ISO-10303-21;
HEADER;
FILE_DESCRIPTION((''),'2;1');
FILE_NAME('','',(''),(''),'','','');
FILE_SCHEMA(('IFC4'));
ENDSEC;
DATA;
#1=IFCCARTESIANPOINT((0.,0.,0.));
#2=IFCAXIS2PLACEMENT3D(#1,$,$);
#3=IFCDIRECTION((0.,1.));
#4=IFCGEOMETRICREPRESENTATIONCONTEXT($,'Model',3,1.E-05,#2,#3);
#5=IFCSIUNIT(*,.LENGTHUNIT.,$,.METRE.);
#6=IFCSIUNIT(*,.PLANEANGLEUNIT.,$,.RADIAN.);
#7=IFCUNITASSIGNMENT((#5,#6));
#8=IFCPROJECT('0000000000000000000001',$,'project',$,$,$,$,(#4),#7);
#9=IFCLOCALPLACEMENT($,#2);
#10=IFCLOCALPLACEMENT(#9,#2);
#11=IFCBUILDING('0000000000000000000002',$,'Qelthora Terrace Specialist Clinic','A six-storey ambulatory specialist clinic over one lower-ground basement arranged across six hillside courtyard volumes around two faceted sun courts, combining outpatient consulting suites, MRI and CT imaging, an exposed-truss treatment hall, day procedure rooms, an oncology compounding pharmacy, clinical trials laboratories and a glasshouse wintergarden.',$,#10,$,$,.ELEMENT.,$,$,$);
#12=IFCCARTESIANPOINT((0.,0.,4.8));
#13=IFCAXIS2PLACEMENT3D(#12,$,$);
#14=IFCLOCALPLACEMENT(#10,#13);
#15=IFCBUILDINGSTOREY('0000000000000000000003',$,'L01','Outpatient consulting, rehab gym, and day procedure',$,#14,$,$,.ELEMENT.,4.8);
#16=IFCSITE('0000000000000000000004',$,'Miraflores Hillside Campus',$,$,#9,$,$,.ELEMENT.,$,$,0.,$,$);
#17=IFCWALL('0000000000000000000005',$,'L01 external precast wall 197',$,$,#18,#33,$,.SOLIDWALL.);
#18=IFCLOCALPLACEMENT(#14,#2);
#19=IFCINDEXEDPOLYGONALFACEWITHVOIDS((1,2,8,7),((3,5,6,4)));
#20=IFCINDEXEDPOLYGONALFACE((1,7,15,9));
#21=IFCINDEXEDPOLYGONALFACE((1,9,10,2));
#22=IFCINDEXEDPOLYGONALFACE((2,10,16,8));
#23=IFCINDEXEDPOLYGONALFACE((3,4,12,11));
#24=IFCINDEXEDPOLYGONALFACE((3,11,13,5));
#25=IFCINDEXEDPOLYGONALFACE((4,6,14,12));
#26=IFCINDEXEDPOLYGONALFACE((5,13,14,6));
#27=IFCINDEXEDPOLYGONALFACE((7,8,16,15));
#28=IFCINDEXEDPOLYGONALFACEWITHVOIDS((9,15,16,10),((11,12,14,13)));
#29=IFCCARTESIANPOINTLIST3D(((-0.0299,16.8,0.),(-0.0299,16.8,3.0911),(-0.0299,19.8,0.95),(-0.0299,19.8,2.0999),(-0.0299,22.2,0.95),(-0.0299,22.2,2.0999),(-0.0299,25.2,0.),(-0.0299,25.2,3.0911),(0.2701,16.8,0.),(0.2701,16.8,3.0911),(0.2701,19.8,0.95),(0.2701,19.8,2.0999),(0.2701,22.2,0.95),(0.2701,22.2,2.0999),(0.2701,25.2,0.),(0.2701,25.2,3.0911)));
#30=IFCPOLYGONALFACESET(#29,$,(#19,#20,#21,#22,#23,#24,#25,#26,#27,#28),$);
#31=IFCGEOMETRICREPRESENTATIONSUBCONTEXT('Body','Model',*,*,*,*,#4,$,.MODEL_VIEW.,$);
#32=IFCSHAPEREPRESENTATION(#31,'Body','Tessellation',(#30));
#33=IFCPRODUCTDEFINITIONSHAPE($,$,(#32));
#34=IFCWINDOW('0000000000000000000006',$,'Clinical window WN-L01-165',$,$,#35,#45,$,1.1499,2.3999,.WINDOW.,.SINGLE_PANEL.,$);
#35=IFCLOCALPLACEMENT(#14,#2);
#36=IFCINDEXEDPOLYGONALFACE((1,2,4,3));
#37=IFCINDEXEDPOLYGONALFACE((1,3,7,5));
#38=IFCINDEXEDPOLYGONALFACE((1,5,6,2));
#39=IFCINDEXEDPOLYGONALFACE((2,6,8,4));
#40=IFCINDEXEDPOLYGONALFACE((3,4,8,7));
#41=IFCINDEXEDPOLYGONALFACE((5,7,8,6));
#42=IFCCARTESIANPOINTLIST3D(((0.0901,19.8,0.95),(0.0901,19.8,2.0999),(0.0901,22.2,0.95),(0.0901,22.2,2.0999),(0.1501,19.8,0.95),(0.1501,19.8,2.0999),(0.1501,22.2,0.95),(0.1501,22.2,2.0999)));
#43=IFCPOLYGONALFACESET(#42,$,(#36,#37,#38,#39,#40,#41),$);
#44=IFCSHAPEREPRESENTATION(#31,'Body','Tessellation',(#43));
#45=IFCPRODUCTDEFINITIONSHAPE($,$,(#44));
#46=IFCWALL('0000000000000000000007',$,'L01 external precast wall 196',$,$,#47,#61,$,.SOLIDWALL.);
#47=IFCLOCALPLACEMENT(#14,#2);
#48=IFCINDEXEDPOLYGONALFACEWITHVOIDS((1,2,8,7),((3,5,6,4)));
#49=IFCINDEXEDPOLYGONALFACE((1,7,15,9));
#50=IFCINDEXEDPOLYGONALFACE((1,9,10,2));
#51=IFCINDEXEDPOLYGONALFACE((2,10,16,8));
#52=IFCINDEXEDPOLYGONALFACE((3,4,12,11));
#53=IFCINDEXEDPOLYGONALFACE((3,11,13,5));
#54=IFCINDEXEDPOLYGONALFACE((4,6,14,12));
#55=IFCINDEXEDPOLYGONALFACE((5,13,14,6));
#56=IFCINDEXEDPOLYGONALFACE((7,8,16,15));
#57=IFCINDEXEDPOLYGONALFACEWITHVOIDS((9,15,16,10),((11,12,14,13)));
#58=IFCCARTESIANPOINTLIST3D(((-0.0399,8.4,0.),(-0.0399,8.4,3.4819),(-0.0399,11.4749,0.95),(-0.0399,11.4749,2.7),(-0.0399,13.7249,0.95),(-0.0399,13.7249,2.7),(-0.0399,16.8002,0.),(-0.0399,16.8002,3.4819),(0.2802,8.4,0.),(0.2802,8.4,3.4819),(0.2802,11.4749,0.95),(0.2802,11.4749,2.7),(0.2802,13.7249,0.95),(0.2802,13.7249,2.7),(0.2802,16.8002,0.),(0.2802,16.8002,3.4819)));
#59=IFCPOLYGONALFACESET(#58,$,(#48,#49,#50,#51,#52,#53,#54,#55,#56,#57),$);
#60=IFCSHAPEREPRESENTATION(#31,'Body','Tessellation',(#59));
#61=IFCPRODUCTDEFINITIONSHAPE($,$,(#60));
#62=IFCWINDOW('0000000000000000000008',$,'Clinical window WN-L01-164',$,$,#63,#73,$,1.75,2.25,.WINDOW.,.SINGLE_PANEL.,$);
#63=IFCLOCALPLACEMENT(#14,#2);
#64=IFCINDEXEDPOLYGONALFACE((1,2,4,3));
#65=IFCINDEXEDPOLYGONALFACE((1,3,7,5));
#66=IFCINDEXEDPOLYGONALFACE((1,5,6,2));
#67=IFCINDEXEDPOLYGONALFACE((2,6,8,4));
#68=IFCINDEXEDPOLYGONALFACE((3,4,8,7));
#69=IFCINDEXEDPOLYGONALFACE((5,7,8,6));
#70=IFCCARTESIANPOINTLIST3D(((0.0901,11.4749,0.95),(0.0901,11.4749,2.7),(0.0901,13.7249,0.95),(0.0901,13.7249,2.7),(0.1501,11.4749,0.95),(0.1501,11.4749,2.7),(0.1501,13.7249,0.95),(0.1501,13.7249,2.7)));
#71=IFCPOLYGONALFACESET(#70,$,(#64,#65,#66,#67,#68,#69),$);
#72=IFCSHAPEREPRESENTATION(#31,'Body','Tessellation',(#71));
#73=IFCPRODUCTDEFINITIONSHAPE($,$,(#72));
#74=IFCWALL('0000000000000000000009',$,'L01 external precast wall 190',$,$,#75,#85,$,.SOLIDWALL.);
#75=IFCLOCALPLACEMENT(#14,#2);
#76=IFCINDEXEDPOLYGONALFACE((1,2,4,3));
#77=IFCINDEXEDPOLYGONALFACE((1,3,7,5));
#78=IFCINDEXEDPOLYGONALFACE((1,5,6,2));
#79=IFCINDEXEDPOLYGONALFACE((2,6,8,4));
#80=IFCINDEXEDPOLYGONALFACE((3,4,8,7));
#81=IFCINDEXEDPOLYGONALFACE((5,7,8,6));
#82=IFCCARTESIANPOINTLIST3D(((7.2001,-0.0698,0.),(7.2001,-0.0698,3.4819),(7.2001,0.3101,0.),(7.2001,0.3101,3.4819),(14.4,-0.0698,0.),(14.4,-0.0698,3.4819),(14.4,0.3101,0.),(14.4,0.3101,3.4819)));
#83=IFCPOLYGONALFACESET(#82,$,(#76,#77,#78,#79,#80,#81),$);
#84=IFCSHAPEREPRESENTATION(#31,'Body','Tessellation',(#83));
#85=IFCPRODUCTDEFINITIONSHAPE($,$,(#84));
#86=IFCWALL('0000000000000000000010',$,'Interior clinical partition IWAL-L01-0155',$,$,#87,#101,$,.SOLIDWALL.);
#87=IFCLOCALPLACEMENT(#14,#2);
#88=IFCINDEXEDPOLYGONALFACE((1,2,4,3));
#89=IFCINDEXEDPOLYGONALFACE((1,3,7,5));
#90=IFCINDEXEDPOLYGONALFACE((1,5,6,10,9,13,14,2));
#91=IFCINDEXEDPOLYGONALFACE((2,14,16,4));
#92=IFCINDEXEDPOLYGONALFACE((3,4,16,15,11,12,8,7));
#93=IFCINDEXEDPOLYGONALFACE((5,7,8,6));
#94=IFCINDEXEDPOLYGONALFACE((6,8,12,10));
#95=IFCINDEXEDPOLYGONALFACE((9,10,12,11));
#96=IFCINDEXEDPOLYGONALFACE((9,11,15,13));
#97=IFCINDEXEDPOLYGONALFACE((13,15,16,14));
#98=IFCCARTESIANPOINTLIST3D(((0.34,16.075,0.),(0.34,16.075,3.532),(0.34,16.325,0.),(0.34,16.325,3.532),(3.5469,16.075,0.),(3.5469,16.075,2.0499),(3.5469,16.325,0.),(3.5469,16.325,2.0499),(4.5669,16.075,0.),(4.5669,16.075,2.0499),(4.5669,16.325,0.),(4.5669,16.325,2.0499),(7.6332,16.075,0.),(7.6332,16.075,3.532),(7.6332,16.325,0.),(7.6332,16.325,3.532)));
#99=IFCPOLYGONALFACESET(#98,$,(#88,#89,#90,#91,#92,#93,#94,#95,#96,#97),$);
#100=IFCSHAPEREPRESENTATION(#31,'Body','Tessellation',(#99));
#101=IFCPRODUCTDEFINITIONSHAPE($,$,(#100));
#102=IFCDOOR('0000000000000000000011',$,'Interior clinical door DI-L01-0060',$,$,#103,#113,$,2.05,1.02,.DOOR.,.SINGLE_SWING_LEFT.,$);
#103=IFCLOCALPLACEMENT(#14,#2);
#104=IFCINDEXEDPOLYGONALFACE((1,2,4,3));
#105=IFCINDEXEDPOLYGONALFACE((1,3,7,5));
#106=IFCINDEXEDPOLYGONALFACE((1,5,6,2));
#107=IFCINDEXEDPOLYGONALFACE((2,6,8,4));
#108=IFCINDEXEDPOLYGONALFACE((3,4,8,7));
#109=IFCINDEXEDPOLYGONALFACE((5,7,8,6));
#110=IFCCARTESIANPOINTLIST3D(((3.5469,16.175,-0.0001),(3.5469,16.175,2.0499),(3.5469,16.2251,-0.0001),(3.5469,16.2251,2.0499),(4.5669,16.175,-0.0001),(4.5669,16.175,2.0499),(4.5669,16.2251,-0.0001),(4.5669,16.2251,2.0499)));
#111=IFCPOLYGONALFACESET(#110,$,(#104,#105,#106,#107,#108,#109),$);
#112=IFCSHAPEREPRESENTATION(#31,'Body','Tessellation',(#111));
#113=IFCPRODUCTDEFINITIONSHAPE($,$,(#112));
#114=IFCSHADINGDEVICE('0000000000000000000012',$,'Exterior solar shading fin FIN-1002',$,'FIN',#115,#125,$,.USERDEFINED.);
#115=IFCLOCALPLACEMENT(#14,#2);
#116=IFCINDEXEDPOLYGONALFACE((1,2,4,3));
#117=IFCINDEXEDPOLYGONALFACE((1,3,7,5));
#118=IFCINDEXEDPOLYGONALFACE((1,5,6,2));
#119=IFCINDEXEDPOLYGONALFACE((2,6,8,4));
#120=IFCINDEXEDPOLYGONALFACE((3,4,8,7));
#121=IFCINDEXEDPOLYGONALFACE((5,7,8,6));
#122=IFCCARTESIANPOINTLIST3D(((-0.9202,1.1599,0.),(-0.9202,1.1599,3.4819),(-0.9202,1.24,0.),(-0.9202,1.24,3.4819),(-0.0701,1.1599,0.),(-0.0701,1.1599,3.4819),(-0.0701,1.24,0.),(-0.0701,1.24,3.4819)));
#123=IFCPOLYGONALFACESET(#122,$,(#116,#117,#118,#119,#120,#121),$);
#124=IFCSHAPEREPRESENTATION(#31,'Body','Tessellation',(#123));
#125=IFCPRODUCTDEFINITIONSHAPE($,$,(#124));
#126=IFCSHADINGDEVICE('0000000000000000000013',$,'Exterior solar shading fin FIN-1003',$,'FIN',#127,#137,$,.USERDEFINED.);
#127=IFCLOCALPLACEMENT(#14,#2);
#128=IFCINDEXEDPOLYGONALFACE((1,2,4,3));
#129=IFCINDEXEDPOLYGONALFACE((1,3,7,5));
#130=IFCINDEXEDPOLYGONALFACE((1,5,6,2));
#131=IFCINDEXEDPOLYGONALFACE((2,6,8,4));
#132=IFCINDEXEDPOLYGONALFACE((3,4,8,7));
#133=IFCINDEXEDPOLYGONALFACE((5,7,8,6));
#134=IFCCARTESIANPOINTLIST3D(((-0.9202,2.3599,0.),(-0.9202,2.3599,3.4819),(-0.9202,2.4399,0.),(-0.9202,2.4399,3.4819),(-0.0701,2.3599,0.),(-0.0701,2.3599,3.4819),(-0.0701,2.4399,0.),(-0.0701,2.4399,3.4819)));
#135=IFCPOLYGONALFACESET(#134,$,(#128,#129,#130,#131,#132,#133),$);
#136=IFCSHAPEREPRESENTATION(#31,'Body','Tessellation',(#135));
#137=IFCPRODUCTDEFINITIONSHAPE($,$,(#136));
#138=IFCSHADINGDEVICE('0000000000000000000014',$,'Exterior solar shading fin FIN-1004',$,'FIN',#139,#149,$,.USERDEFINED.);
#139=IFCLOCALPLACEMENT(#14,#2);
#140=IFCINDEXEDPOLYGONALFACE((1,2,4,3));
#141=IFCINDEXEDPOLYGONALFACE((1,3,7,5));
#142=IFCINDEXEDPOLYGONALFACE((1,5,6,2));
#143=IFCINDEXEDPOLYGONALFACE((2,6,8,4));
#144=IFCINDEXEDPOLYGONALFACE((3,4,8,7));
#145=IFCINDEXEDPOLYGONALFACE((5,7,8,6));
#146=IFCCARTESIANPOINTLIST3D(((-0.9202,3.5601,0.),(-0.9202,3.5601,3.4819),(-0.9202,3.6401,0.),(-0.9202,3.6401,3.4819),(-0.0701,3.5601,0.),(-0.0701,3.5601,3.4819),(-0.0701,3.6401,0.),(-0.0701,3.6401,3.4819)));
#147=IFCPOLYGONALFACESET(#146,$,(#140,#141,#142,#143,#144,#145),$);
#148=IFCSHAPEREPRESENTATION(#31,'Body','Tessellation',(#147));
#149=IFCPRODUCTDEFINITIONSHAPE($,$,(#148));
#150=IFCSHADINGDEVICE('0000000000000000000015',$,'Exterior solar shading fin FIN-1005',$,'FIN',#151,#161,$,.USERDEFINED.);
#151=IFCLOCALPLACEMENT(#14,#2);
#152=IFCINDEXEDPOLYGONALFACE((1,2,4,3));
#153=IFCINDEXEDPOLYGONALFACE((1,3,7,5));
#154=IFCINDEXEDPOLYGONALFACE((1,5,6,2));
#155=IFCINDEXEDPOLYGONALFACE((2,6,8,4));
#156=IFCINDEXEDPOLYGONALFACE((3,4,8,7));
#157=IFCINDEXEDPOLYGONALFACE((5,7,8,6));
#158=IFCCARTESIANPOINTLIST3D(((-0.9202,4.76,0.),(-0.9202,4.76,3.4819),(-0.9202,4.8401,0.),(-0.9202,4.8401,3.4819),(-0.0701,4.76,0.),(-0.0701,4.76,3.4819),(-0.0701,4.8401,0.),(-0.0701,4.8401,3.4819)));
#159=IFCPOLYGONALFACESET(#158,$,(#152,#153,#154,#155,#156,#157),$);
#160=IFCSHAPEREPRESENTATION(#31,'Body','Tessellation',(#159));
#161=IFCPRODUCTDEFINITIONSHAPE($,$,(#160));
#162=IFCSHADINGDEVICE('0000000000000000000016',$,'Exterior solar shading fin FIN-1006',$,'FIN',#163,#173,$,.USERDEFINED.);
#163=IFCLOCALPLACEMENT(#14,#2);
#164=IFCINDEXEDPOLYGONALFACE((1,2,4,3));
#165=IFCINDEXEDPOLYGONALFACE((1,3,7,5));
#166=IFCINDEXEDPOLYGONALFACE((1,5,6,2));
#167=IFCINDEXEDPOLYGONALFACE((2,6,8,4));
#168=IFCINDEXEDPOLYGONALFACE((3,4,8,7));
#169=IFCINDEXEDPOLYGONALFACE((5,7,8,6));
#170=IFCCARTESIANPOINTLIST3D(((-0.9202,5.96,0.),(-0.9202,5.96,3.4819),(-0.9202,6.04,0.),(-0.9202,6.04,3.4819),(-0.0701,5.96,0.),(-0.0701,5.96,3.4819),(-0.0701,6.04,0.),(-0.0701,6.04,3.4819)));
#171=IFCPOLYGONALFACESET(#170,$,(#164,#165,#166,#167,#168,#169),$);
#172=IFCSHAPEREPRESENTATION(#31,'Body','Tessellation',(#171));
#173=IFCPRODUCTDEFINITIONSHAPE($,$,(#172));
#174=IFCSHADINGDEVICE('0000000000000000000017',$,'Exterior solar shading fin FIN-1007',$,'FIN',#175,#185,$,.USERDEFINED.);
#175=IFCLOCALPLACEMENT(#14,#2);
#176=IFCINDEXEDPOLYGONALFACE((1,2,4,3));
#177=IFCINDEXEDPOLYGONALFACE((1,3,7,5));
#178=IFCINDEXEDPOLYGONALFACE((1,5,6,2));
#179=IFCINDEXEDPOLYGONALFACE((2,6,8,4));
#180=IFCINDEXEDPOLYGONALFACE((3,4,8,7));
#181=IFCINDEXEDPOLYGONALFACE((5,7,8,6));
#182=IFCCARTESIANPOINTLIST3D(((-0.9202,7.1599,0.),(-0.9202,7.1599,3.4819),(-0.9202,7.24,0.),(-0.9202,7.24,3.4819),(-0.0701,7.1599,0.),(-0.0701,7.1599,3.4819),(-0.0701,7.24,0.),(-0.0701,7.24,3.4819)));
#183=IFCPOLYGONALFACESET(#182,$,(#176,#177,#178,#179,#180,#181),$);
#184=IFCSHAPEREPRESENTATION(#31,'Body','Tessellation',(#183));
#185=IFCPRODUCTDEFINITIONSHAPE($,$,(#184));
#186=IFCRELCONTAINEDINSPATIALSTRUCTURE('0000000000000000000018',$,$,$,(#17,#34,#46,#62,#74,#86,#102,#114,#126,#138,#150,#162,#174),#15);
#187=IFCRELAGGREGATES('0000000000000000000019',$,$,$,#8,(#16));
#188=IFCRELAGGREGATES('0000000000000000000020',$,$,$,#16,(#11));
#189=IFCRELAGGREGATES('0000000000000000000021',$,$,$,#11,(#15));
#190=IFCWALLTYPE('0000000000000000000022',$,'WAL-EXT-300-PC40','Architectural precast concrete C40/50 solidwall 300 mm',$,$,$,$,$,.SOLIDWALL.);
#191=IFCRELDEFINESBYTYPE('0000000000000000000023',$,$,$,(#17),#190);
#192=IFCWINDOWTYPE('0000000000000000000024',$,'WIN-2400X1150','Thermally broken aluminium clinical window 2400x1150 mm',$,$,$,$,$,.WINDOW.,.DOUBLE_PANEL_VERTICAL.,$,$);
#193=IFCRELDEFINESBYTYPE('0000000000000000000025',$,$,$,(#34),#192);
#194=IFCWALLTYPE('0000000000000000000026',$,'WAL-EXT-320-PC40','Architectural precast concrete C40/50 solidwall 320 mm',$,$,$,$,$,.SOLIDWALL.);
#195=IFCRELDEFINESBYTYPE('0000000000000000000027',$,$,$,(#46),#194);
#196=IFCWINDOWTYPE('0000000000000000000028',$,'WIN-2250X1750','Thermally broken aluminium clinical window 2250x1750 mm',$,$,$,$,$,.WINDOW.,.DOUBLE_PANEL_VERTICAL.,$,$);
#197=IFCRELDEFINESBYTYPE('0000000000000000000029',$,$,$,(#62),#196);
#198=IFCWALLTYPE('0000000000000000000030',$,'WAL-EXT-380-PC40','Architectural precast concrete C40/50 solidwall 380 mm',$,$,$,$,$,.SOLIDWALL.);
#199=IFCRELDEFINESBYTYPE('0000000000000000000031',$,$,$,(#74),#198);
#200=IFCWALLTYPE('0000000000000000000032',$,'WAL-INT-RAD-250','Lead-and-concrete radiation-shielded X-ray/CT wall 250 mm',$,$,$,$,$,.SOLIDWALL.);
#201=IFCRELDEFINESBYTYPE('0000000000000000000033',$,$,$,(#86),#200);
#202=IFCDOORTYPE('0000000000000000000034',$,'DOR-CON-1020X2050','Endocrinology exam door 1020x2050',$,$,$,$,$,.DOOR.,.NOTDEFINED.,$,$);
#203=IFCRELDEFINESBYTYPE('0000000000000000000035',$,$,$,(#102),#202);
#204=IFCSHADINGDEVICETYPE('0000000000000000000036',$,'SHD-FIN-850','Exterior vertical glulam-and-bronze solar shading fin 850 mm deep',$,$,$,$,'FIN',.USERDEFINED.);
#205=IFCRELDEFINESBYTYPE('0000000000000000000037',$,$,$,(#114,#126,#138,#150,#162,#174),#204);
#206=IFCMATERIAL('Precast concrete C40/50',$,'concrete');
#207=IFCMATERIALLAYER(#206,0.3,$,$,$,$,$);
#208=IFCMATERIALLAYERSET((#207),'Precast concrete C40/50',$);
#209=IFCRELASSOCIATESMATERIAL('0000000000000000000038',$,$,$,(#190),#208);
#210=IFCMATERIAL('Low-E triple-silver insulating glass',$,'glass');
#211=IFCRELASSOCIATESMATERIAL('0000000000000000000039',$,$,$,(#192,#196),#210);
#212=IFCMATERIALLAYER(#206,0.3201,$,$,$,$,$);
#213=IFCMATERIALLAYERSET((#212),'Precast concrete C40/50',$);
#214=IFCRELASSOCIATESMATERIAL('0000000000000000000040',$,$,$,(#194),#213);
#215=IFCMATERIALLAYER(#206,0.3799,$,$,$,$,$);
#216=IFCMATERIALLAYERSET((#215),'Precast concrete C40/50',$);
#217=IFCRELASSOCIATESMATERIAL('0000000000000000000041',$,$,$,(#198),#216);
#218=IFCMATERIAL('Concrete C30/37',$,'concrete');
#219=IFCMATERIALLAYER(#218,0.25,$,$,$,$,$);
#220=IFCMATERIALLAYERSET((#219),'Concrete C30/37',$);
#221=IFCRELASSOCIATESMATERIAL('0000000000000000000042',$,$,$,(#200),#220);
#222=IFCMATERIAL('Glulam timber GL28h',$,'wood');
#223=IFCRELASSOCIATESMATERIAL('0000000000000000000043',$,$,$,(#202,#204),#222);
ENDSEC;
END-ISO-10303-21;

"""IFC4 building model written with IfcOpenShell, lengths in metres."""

from ifc_helpers import new_model, si_unit, direction, frame, frame_2d, origin, origin_2d, place, context, subcontext, project, spatial, rectangle, extrude, material, layer, layer_set, type_object, element, fill, save


model = new_model("IFC4")

# Units and contexts
model_context = context("Model", 3, precision=1e-05, world=origin(), true_north=direction((0.0, 1.0)))
body_context = subcontext(model_context, "Body", "Model", "MODEL_VIEW")
ifc_project = project(units=[si_unit("LENGTHUNIT", "METRE"), si_unit("PLANEANGLEUNIT", "RADIAN")], contexts=[model_context])

# Site, building, storey
site_placement = place(None, origin())
site = spatial("IfcSite", under=ifc_project, at=site_placement, Name="Miraflores Hillside Campus", CompositionType="ELEMENT", RefElevation=0.0)
building_placement = place(site_placement, origin())
building = spatial("IfcBuilding", under=site, at=building_placement, Name="Qelthora Terrace Specialist Clinic", Description="A six-storey ambulatory specialist clinic over one lower-ground basement arranged across six hillside courtyard volumes around two faceted sun courts, combining outpatient consulting suites, MRI and CT imaging, an exposed-truss treatment hall, day procedure rooms, an oncology compounding pharmacy, clinical trials laboratories and a glasshouse wintergarden.", CompositionType="ELEMENT")
storey_placement = place(building_placement, frame((0.0, 0.0, 4.8)))
storey = spatial("IfcBuildingStorey", under=building, at=storey_placement, Name="L01", Description="Outpatient consulting, rehab gym, and day procedure", CompositionType="ELEMENT", Elevation=4.8)

# Walls, openings, windows
ifc_material_1 = material(Name="Precast concrete C40/50", Category="concrete")
ifc_material_2 = material(Name="Low-E triple-silver insulating glass", Category="glass")
ifc_layer_1 = layer(ifc_material_1, 0.3)
ifc_layer_set_1 = layer_set([ifc_layer_1], Name="Precast concrete C40/50")
wall_type_1 = type_object("IfcWallType", Name="WAL-EXT-300-PC40", Description="Architectural precast concrete C40/50 solidwall 300 mm", PredefinedType="SOLIDWALL", material=ifc_layer_set_1)
wall_1_placement = place(storey_placement, frame((0.1201, 16.8, 0.0), z_axis=(0.0, 0.0, 1.0), x_axis=(0.0, 1.0, 0.0)))
wall_1 = element("IfcWall", 1, at=wall_1_placement, inside=storey, type_object=wall_type_1, Name="L01 external precast wall 197", PredefinedType="SOLIDWALL", context=body_context, shape_type="SweptSolid", body=[
    extrude(rectangle(XDim=8.3999, YDim=0.3, at=frame_2d((4.2, 0.0))), origin(), (0.0, 0.0, 1.0), 3.0911),
])
opening_1_placement = place(wall_1_placement, frame((3.0, 0.0, 0.95)))
opening_1 = element("IfcOpeningElement", 2, at=opening_1_placement, cuts=wall_1, PredefinedType="OPENING", context=body_context, shape_type="SweptSolid", body=[
    extrude(rectangle(XDim=2.3999, YDim=1.1499, at=frame_2d((1.2, 0.575))), frame((0.0, 0.1599, 0.0), z_axis=(0.0, -1.0, 0.0), x_axis=(1.0, 0.0, 0.0)), (0.0, 0.0, 1.0), 0.3201),
])
window_type_1 = type_object("IfcWindowType", Name="WIN-2400X1150", Description="Thermally broken aluminium clinical window 2400x1150 mm", PartitioningType="DOUBLE_PANEL_VERTICAL", PredefinedType="WINDOW", material=ifc_material_2)
window_1_placement = place(opening_1_placement, origin())
window_1 = element("IfcWindow", 3, at=window_1_placement, inside=storey, type_object=window_type_1, Name="Clinical window WN-L01-165", OverallHeight=1.1499, OverallWidth=2.3999, PartitioningType="SINGLE_PANEL", PredefinedType="WINDOW", context=body_context, shape_type="SweptSolid", body=[
    extrude(rectangle(XDim=2.3999, YDim=1.1499, at=frame_2d((1.2, 0.575))), frame((0.0, 0.03, 0.0), z_axis=(0.0, -1.0, 0.0), x_axis=(1.0, 0.0, 0.0)), (0.0, 0.0, 1.0), 0.0601),
])
fill(opening_1, window_1)
ifc_layer_2 = layer(ifc_material_1, 0.3201)
ifc_layer_set_2 = layer_set([ifc_layer_2], Name="Precast concrete C40/50")
wall_type_2 = type_object("IfcWallType", Name="WAL-EXT-320-PC40", Description="Architectural precast concrete C40/50 solidwall 320 mm", PredefinedType="SOLIDWALL", material=ifc_layer_set_2)
wall_2_placement = place(storey_placement, frame((0.1201, 8.3999, 0.0), z_axis=(0.0, 0.0, 1.0), x_axis=(0.0, 1.0, 0.0)))
wall_2 = element("IfcWall", 4, at=wall_2_placement, inside=storey, type_object=wall_type_2, Name="L01 external precast wall 196", PredefinedType="SOLIDWALL", context=body_context, shape_type="SweptSolid", body=[
    extrude(rectangle(XDim=8.4001, YDim=0.3201, at=frame_2d((4.2002, 0.0))), origin(), (0.0, 0.0, 1.0), 3.4819),
])
opening_2_placement = place(wall_2_placement, frame((3.075, 0.0, 0.95)))
opening_2 = element("IfcOpeningElement", 5, at=opening_2_placement, cuts=wall_2, PredefinedType="OPENING", context=body_context, shape_type="SweptSolid", body=[
    extrude(rectangle(XDim=2.25, YDim=1.75, at=frame_2d((1.125, 0.875))), frame((0.0, 0.1699, 0.0), z_axis=(0.0, -1.0, 0.0), x_axis=(1.0, 0.0, 0.0)), (0.0, 0.0, 1.0), 0.3401),
])
window_type_2 = type_object("IfcWindowType", Name="WIN-2250X1750", Description="Thermally broken aluminium clinical window 2250x1750 mm", PartitioningType="DOUBLE_PANEL_VERTICAL", PredefinedType="WINDOW", material=ifc_material_2)
window_2_placement = place(opening_2_placement, origin())
window_2 = element("IfcWindow", 6, at=window_2_placement, inside=storey, type_object=window_type_2, Name="Clinical window WN-L01-164", OverallHeight=1.75, OverallWidth=2.25, PartitioningType="SINGLE_PANEL", PredefinedType="WINDOW", context=body_context, shape_type="SweptSolid", body=[
    extrude(rectangle(XDim=2.25, YDim=1.75, at=frame_2d((1.125, 0.875))), frame((0.0, 0.03, 0.0), z_axis=(0.0, -1.0, 0.0), x_axis=(1.0, 0.0, 0.0)), (0.0, 0.0, 1.0), 0.0601),
])
fill(opening_2, window_2)

# Wall
ifc_layer_3 = layer(ifc_material_1, 0.3799)
ifc_layer_set_3 = layer_set([ifc_layer_3], Name="Precast concrete C40/50")
wall_type_3 = type_object("IfcWallType", Name="WAL-EXT-380-PC40", Description="Architectural precast concrete C40/50 solidwall 380 mm", PredefinedType="SOLIDWALL", material=ifc_layer_set_3)
wall_3_placement = place(storey_placement, frame((7.2, 0.1201, 0.0), z_axis=(0.0, 0.0, 1.0), x_axis=(1.0, 0.0, 0.0)))
element("IfcWall", 7, at=wall_3_placement, inside=storey, type_object=wall_type_3, Name="L01 external precast wall 190", PredefinedType="SOLIDWALL", context=body_context, shape_type="SweptSolid", body=[
    extrude(rectangle(XDim=7.2, YDim=0.3799, at=frame_2d((3.6001, 0.0))), origin(), (0.0, 0.0, 1.0), 3.4819),
])

# Wall, opening, door
ifc_material_3 = material(Name="Concrete C30/37", Category="concrete")
ifc_layer_4 = layer(ifc_material_3, 0.25)
ifc_layer_set_4 = layer_set([ifc_layer_4], Name="Concrete C30/37")
wall_type_4 = type_object("IfcWallType", Name="WAL-INT-RAD-250", Description="Lead-and-concrete radiation-shielded X-ray/CT wall 250 mm", PredefinedType="SOLIDWALL", material=ifc_layer_set_4)
wall_4_placement = place(storey_placement, frame((0.3401, 16.2, 0.0), z_axis=(0.0, 0.0, 1.0), x_axis=(1.0, 0.0, 0.0)))
wall_4 = element("IfcWall", 8, at=wall_4_placement, inside=storey, type_object=wall_type_4, Name="Interior clinical partition IWAL-L01-0155", PredefinedType="SOLIDWALL", context=body_context, shape_type="SweptSolid", body=[
    extrude(rectangle(XDim=7.2932, YDim=0.25, at=frame_2d((3.6465, 0.0))), origin(), (0.0, 0.0, 1.0), 3.532),
])
opening_3_placement = place(wall_4_placement, frame((3.2068, 0.0, 0.0)))
opening_3 = element("IfcOpeningElement", 9, at=opening_3_placement, cuts=wall_4, PredefinedType="OPENING", context=body_context, shape_type="SweptSolid", body=[
    extrude(rectangle(XDim=1.02, YDim=2.05, at=frame_2d((0.51, 1.0249))), frame((0.0, 0.135, 0.0), z_axis=(0.0, -1.0, 0.0), x_axis=(1.0, 0.0, 0.0)), (0.0, 0.0, 1.0), 0.27),
])
ifc_material_4 = material(Name="Glulam timber GL28h", Category="wood")
door_type = type_object("IfcDoorType", Name="DOR-CON-1020X2050", Description="Endocrinology exam door 1020x2050", OperationType="NOTDEFINED", PredefinedType="DOOR", material=ifc_material_4)
door_placement = place(opening_3_placement, frame((1.02, 0.0, 0.0), z_axis=(0.0, 0.0, 1.0), x_axis=(-1.0, 0.0, 0.0)))
door = element("IfcDoor", 10, at=door_placement, inside=storey, type_object=door_type, Name="Interior clinical door DI-L01-0060", OperationType="SINGLE_SWING_LEFT", OverallHeight=2.05, OverallWidth=1.02, PredefinedType="DOOR", context=body_context, shape_type="SweptSolid", body=[
    extrude(rectangle(XDim=1.02, YDim=2.05, at=frame_2d((0.51, 1.0249))), frame((0.0, 0.0249, 0.0), z_axis=(0.0, -1.0, 0.0), x_axis=(1.0, 0.0, 0.0)), (0.0, 0.0, 1.0), 0.05),
])
fill(opening_3, door)

# Shading devices
shading_device_type = type_object("IfcShadingDeviceType", Name="SHD-FIN-850", Description="Exterior vertical glulam-and-bronze solar shading fin 850 mm deep", ElementType="FIN", PredefinedType="USERDEFINED", material=ifc_material_4)
for number, where, z_axis, x_axis, name in (
    (11, (-0.4951, 1.2, 0.0), (0.0, 0.0, 1.0), (-1.0, 0.0, 0.0), "Exterior solar shading fin FIN-1002"),
    (12, (-0.4951, 2.3999, 0.0), (0.0, 0.0, 1.0), (-1.0, 0.0, 0.0), "Exterior solar shading fin FIN-1003"),
    (13, (-0.4951, 3.6001, 0.0), (0.0, 0.0, 1.0), (-1.0, 0.0, 0.0), "Exterior solar shading fin FIN-1004"),
    (14, (-0.4951, 4.8, 0.0), (0.0, 0.0, 1.0), (-1.0, 0.0, 0.0), "Exterior solar shading fin FIN-1005"),
    (15, (-0.4951, 6.0, 0.0), (0.0, 0.0, 1.0), (-1.0, 0.0, 0.0), "Exterior solar shading fin FIN-1006"),
    (16, (-0.4951, 7.2, 0.0), (0.0, 0.0, 1.0), (-1.0, 0.0, 0.0), "Exterior solar shading fin FIN-1007"),
):
    element("IfcShadingDevice", number, at=place(storey_placement, frame(where, z_axis=z_axis, x_axis=x_axis)), inside=storey, type_object=shading_device_type, Name=name, ObjectType="FIN", PredefinedType="USERDEFINED", context=body_context, shape_type="SweptSolid", body=[
        extrude(rectangle(XDim=0.8501, YDim=0.0801, at=origin_2d()), origin(), (0.0, 0.0, 1.0), 3.4819),
    ])

save(model, "model.ifc")
